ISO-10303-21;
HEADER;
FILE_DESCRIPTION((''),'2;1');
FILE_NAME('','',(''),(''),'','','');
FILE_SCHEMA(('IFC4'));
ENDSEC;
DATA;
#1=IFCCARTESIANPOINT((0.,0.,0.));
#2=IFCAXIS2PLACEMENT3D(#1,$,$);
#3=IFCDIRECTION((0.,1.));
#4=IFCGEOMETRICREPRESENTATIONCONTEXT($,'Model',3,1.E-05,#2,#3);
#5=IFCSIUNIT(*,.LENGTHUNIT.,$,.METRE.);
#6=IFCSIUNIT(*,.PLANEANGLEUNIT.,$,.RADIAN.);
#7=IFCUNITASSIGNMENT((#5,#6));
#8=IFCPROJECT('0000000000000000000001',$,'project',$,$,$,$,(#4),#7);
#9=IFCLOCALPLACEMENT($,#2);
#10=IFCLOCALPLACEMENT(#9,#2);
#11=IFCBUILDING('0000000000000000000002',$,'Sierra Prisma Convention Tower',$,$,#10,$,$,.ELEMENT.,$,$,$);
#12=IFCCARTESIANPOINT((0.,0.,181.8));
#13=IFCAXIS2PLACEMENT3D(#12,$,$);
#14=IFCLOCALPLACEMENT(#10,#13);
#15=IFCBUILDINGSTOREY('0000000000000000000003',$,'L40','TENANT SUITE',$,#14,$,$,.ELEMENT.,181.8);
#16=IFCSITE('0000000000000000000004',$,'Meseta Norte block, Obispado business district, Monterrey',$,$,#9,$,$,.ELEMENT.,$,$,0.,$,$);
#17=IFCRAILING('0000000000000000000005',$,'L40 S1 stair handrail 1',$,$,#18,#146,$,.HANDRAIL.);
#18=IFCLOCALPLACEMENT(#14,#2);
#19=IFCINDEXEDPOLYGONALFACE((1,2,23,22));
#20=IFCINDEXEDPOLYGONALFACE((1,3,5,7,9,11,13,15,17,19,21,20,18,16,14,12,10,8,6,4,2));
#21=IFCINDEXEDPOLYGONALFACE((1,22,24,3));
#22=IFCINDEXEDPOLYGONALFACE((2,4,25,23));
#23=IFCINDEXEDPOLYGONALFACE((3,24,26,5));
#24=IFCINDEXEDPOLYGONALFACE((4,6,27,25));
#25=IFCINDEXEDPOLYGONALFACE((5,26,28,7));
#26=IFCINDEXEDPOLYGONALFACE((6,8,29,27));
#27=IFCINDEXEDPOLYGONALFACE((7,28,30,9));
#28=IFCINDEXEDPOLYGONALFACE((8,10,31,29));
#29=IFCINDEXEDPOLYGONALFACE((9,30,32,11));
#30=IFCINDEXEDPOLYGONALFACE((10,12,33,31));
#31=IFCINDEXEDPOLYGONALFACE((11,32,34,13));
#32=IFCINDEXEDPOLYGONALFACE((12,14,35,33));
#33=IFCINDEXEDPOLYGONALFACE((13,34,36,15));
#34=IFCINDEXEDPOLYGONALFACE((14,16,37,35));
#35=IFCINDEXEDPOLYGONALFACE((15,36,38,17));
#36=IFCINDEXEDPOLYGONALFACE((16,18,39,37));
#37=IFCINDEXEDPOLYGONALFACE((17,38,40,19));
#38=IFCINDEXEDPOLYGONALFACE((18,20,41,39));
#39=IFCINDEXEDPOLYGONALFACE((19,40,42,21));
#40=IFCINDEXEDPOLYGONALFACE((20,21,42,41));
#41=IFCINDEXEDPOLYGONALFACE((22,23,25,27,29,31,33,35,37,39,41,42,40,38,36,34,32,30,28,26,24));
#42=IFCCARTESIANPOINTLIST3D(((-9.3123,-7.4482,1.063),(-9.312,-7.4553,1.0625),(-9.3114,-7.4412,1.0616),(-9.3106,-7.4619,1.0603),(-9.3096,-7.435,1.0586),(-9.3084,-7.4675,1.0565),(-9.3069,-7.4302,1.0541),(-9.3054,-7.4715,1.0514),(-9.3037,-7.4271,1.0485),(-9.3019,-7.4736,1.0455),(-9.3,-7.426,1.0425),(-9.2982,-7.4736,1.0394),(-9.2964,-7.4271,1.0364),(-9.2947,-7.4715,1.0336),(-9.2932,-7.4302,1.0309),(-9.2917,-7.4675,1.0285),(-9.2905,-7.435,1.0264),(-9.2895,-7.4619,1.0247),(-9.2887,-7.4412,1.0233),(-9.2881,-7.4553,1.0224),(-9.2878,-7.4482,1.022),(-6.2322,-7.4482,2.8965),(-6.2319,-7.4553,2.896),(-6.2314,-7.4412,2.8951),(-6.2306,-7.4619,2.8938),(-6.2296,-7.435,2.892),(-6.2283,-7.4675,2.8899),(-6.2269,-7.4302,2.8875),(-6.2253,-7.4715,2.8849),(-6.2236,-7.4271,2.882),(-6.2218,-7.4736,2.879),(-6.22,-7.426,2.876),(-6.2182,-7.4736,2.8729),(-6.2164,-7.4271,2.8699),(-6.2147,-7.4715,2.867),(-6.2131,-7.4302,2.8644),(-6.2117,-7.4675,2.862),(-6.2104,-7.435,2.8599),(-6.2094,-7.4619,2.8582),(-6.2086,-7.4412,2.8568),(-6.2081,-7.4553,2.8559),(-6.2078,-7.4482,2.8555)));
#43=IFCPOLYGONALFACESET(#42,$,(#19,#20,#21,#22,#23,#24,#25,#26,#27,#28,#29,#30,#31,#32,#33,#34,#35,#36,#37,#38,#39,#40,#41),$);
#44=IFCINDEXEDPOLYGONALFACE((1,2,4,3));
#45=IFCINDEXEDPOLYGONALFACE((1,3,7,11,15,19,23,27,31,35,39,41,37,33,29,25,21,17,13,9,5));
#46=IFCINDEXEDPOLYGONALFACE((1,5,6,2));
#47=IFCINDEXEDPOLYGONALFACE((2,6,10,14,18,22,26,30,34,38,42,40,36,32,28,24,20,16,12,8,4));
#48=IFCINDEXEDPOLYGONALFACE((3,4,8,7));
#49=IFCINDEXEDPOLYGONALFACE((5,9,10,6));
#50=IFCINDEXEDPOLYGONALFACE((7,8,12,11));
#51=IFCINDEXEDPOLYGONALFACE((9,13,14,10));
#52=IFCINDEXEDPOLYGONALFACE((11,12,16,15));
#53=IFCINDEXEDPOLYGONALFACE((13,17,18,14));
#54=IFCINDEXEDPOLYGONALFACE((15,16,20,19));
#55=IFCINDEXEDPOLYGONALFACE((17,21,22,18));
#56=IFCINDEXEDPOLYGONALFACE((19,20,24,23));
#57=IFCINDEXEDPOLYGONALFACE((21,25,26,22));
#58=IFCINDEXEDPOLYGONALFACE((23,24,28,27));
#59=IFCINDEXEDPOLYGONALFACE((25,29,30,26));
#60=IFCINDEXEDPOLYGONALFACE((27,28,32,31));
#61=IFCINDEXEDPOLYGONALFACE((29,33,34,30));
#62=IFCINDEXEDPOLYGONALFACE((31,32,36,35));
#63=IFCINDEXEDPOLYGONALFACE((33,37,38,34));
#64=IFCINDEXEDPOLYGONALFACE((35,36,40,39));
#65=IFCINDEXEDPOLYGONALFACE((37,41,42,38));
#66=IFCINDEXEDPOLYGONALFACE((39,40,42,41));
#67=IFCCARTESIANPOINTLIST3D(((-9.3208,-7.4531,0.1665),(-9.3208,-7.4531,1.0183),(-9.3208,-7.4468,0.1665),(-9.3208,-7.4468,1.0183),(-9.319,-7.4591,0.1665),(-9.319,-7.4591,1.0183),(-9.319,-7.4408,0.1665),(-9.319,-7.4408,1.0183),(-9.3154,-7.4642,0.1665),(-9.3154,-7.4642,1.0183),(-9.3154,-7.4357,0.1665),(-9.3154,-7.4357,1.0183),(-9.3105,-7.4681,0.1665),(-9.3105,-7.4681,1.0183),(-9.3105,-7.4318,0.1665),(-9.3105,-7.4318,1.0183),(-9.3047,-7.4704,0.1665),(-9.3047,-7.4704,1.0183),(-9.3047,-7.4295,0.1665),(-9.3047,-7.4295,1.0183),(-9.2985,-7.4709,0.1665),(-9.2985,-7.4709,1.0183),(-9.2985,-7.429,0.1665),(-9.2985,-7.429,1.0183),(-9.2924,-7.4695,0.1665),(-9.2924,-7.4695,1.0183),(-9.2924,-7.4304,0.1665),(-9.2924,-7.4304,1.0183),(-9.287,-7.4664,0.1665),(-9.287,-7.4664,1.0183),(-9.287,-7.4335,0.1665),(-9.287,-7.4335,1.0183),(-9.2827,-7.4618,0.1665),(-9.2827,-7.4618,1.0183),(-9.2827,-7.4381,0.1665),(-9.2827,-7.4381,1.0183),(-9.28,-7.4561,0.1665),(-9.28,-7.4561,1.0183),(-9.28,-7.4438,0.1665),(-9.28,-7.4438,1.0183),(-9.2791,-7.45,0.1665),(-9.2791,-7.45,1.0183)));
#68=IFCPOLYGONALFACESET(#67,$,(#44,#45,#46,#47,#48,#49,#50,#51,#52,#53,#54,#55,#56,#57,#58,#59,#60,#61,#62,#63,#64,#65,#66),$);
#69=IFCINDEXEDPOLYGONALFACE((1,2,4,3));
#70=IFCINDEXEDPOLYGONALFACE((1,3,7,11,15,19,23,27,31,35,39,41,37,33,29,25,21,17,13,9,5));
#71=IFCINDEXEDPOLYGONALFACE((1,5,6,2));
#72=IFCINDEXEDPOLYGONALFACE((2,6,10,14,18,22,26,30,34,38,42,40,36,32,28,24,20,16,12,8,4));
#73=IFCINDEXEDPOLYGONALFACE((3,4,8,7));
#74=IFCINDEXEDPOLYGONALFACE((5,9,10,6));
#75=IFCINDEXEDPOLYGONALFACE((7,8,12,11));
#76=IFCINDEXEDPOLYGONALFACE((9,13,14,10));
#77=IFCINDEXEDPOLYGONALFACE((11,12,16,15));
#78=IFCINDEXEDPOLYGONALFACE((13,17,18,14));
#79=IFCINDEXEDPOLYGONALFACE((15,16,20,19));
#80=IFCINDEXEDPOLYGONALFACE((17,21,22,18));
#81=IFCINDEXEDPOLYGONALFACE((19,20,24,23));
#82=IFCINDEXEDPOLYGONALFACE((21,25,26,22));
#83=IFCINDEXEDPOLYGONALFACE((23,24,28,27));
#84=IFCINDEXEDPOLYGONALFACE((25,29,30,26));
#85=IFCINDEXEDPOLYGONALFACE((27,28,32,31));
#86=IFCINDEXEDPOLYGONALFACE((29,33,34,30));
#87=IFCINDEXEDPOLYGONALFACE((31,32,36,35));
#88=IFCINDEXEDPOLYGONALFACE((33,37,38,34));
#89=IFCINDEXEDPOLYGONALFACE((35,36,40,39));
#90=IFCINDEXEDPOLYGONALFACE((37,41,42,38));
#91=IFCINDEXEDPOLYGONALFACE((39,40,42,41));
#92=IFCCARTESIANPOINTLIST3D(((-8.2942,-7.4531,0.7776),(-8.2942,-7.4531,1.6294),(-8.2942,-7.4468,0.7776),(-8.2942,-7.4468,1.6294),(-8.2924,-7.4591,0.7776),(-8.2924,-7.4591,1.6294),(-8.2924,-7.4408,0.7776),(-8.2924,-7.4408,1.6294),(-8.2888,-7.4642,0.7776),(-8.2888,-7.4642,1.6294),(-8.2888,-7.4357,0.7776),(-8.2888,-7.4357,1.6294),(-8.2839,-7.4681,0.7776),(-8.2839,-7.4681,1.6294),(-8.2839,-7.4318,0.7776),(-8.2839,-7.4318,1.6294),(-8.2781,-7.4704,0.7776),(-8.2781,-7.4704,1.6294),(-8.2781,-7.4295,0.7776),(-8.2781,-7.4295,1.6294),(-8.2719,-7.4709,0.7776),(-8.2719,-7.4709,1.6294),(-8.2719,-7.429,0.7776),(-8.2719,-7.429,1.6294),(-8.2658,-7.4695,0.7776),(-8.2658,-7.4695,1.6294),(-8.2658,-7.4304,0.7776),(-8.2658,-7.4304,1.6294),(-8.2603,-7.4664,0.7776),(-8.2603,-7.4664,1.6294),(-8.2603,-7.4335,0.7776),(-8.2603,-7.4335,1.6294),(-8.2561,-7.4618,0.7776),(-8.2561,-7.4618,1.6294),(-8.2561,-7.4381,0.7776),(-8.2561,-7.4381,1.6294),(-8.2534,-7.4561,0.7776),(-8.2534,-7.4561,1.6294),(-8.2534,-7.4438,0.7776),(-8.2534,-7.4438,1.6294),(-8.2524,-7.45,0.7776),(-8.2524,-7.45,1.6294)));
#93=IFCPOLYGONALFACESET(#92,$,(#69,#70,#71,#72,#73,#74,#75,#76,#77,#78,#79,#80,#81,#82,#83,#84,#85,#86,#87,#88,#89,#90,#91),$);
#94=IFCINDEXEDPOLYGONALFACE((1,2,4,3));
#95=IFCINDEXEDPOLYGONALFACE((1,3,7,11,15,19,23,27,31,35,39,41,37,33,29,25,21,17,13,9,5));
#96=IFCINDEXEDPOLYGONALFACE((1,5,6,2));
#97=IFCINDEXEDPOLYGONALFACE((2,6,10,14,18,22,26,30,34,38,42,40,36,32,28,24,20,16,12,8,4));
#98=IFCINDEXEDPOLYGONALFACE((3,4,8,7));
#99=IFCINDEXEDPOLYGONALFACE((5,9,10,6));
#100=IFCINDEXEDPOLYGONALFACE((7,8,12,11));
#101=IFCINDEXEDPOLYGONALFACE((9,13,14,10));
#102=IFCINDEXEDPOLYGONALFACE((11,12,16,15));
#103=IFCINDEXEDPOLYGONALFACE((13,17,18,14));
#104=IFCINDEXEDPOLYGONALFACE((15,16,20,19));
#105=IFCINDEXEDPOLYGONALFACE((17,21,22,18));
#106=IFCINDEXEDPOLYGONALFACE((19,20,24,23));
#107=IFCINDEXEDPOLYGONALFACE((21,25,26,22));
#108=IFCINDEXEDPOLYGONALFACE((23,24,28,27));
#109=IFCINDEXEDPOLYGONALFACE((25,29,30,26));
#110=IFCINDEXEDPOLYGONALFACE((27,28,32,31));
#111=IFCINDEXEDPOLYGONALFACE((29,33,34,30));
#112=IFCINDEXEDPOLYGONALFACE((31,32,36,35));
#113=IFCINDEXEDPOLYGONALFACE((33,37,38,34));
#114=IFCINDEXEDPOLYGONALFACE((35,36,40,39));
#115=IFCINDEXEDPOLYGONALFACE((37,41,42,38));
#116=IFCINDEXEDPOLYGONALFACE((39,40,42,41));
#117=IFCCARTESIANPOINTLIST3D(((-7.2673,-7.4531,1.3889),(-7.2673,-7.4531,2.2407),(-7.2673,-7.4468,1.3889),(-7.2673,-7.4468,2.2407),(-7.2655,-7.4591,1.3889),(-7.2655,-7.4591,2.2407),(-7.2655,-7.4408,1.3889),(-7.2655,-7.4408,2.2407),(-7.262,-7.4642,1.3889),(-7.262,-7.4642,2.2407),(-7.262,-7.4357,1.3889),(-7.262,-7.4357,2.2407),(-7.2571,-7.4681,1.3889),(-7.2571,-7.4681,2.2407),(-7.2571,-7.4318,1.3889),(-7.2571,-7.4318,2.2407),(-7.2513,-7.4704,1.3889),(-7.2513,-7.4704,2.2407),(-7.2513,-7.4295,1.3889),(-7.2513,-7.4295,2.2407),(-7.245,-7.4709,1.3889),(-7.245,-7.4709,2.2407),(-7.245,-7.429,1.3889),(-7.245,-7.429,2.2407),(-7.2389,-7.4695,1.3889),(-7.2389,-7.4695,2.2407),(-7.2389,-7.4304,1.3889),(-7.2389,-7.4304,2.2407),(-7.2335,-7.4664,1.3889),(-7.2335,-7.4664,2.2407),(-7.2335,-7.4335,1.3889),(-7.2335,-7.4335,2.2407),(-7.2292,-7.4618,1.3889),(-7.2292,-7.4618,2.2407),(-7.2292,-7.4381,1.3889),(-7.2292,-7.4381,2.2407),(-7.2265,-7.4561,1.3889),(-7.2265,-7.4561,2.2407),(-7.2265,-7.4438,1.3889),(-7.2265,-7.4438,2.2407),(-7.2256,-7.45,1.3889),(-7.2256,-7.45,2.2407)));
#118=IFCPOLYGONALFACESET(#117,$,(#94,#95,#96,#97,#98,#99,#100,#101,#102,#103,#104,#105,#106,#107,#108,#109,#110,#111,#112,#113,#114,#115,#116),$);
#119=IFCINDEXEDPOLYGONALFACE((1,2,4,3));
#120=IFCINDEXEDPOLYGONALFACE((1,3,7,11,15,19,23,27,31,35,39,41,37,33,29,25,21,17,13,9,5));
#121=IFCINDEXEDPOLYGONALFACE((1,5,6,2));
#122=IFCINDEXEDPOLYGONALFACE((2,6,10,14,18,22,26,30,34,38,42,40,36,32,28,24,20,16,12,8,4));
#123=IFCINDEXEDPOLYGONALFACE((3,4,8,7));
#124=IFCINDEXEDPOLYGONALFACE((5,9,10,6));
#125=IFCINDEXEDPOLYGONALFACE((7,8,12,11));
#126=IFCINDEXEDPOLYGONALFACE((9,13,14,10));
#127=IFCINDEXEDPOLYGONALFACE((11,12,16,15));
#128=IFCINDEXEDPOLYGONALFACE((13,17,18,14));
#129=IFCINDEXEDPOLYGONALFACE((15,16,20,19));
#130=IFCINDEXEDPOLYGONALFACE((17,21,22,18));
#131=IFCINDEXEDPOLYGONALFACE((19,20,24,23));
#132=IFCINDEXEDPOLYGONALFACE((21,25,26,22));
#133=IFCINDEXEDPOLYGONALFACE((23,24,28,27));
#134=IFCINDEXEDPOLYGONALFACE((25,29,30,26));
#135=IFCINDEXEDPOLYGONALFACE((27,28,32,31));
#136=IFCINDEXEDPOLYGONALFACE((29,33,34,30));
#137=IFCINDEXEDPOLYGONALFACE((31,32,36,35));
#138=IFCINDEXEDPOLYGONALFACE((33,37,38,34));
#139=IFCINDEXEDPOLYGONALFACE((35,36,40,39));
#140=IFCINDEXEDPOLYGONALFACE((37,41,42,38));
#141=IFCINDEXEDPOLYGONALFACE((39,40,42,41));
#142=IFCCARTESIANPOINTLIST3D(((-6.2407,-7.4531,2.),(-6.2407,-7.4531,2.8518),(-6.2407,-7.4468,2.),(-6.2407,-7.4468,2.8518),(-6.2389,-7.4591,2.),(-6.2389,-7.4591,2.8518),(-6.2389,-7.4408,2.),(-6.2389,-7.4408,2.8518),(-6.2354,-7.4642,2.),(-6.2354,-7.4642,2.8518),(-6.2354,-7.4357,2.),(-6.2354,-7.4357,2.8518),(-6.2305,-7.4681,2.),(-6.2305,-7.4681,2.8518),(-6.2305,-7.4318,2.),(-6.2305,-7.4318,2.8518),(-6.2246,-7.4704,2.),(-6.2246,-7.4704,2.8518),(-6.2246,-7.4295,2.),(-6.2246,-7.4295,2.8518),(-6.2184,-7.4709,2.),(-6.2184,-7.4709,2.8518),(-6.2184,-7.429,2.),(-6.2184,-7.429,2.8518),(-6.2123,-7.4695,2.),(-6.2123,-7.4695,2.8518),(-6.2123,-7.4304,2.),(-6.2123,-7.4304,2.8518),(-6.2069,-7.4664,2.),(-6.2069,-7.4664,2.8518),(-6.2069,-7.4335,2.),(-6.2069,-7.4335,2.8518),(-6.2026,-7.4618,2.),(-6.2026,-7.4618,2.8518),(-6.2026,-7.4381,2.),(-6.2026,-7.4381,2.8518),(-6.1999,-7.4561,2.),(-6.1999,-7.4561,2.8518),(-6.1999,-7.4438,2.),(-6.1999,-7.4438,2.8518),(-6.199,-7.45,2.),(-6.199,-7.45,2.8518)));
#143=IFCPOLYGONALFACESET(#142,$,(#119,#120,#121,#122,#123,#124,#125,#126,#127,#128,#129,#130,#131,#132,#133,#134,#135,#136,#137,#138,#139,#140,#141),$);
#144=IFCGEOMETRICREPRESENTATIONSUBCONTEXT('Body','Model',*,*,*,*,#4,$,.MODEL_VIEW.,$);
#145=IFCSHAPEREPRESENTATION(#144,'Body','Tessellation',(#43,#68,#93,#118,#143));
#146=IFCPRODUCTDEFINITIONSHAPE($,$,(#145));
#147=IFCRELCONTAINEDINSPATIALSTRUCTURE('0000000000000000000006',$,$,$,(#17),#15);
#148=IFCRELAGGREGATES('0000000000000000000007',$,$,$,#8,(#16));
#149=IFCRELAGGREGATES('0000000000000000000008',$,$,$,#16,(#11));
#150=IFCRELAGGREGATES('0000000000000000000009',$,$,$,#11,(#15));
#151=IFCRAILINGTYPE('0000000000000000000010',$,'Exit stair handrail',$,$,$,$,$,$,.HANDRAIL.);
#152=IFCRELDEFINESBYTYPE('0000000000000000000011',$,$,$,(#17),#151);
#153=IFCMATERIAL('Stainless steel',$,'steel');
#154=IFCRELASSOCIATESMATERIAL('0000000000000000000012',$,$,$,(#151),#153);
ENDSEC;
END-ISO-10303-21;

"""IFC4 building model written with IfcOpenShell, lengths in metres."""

from ifc_helpers import new_model, si_unit, direction, frame, origin, origin_2d, place, context, subcontext, project, spatial, circle, extrude, material, type_object, element, save


model = new_model("IFC4")

# Units and contexts
model_context = context("Model", 3, precision=1e-05, world=origin(), true_north=direction((0.0, 1.0)))
body_context = subcontext(model_context, "Body", "Model", "MODEL_VIEW")
ifc_project = project(units=[si_unit("LENGTHUNIT", "METRE"), si_unit("PLANEANGLEUNIT", "RADIAN")], contexts=[model_context])

# Site, building, storey
site_placement = place(None, origin())
site = spatial("IfcSite", under=ifc_project, at=site_placement, Name="Meseta Norte block, Obispado business district, Monterrey", CompositionType="ELEMENT", RefElevation=0.0)
building_placement = place(site_placement, origin())
building = spatial("IfcBuilding", under=site, at=building_placement, Name="Sierra Prisma Convention Tower", CompositionType="ELEMENT")
storey_placement = place(building_placement, frame((0.0, 0.0, 181.8)))
storey = spatial("IfcBuildingStorey", under=building, at=storey_placement, Name="L40", Description="TENANT SUITE", CompositionType="ELEMENT", Elevation=181.8)

# Railing
ifc_material_1 = material(Name="Stainless steel", Category="steel")
railing_type = type_object("IfcRailingType", Name="Exit stair handrail", PredefinedType="HANDRAIL", material=ifc_material_1)
railing_placement = place(storey_placement, frame((-9.3, -7.45, 0.1665)))
element("IfcRailing", 1, at=railing_placement, inside=storey, type_object=railing_type, Name="L40 S1 stair handrail 1", PredefinedType="HANDRAIL", context=body_context, shape_type="SweptSolid", body=[
    extrude(circle(Radius=0.0239, at=origin_2d()), frame((0.0, 0.0, 0.876), z_axis=(0.859279, 0.0, 0.511508), x_axis=(0.0, 1.0, 0.0)), (0.0, 0.0, 1.0), 3.5845),
    extrude(circle(Radius=0.021, at=origin_2d()), origin(), (0.0, 0.0, 1.0), 0.8518),
    extrude(circle(Radius=0.021, at=origin_2d()), frame((1.0266, 0.0, 0.6111)), (0.0, 0.0, 1.0), 0.8518),
    extrude(circle(Radius=0.021, at=origin_2d()), frame((2.0535, 0.0, 1.2224)), (0.0, 0.0, 1.0), 0.8518),
    extrude(circle(Radius=0.021, at=origin_2d()), frame((3.0801, 0.0, 1.8335)), (0.0, 0.0, 1.0), 0.8518),
])

save(model, "model.ifc")
